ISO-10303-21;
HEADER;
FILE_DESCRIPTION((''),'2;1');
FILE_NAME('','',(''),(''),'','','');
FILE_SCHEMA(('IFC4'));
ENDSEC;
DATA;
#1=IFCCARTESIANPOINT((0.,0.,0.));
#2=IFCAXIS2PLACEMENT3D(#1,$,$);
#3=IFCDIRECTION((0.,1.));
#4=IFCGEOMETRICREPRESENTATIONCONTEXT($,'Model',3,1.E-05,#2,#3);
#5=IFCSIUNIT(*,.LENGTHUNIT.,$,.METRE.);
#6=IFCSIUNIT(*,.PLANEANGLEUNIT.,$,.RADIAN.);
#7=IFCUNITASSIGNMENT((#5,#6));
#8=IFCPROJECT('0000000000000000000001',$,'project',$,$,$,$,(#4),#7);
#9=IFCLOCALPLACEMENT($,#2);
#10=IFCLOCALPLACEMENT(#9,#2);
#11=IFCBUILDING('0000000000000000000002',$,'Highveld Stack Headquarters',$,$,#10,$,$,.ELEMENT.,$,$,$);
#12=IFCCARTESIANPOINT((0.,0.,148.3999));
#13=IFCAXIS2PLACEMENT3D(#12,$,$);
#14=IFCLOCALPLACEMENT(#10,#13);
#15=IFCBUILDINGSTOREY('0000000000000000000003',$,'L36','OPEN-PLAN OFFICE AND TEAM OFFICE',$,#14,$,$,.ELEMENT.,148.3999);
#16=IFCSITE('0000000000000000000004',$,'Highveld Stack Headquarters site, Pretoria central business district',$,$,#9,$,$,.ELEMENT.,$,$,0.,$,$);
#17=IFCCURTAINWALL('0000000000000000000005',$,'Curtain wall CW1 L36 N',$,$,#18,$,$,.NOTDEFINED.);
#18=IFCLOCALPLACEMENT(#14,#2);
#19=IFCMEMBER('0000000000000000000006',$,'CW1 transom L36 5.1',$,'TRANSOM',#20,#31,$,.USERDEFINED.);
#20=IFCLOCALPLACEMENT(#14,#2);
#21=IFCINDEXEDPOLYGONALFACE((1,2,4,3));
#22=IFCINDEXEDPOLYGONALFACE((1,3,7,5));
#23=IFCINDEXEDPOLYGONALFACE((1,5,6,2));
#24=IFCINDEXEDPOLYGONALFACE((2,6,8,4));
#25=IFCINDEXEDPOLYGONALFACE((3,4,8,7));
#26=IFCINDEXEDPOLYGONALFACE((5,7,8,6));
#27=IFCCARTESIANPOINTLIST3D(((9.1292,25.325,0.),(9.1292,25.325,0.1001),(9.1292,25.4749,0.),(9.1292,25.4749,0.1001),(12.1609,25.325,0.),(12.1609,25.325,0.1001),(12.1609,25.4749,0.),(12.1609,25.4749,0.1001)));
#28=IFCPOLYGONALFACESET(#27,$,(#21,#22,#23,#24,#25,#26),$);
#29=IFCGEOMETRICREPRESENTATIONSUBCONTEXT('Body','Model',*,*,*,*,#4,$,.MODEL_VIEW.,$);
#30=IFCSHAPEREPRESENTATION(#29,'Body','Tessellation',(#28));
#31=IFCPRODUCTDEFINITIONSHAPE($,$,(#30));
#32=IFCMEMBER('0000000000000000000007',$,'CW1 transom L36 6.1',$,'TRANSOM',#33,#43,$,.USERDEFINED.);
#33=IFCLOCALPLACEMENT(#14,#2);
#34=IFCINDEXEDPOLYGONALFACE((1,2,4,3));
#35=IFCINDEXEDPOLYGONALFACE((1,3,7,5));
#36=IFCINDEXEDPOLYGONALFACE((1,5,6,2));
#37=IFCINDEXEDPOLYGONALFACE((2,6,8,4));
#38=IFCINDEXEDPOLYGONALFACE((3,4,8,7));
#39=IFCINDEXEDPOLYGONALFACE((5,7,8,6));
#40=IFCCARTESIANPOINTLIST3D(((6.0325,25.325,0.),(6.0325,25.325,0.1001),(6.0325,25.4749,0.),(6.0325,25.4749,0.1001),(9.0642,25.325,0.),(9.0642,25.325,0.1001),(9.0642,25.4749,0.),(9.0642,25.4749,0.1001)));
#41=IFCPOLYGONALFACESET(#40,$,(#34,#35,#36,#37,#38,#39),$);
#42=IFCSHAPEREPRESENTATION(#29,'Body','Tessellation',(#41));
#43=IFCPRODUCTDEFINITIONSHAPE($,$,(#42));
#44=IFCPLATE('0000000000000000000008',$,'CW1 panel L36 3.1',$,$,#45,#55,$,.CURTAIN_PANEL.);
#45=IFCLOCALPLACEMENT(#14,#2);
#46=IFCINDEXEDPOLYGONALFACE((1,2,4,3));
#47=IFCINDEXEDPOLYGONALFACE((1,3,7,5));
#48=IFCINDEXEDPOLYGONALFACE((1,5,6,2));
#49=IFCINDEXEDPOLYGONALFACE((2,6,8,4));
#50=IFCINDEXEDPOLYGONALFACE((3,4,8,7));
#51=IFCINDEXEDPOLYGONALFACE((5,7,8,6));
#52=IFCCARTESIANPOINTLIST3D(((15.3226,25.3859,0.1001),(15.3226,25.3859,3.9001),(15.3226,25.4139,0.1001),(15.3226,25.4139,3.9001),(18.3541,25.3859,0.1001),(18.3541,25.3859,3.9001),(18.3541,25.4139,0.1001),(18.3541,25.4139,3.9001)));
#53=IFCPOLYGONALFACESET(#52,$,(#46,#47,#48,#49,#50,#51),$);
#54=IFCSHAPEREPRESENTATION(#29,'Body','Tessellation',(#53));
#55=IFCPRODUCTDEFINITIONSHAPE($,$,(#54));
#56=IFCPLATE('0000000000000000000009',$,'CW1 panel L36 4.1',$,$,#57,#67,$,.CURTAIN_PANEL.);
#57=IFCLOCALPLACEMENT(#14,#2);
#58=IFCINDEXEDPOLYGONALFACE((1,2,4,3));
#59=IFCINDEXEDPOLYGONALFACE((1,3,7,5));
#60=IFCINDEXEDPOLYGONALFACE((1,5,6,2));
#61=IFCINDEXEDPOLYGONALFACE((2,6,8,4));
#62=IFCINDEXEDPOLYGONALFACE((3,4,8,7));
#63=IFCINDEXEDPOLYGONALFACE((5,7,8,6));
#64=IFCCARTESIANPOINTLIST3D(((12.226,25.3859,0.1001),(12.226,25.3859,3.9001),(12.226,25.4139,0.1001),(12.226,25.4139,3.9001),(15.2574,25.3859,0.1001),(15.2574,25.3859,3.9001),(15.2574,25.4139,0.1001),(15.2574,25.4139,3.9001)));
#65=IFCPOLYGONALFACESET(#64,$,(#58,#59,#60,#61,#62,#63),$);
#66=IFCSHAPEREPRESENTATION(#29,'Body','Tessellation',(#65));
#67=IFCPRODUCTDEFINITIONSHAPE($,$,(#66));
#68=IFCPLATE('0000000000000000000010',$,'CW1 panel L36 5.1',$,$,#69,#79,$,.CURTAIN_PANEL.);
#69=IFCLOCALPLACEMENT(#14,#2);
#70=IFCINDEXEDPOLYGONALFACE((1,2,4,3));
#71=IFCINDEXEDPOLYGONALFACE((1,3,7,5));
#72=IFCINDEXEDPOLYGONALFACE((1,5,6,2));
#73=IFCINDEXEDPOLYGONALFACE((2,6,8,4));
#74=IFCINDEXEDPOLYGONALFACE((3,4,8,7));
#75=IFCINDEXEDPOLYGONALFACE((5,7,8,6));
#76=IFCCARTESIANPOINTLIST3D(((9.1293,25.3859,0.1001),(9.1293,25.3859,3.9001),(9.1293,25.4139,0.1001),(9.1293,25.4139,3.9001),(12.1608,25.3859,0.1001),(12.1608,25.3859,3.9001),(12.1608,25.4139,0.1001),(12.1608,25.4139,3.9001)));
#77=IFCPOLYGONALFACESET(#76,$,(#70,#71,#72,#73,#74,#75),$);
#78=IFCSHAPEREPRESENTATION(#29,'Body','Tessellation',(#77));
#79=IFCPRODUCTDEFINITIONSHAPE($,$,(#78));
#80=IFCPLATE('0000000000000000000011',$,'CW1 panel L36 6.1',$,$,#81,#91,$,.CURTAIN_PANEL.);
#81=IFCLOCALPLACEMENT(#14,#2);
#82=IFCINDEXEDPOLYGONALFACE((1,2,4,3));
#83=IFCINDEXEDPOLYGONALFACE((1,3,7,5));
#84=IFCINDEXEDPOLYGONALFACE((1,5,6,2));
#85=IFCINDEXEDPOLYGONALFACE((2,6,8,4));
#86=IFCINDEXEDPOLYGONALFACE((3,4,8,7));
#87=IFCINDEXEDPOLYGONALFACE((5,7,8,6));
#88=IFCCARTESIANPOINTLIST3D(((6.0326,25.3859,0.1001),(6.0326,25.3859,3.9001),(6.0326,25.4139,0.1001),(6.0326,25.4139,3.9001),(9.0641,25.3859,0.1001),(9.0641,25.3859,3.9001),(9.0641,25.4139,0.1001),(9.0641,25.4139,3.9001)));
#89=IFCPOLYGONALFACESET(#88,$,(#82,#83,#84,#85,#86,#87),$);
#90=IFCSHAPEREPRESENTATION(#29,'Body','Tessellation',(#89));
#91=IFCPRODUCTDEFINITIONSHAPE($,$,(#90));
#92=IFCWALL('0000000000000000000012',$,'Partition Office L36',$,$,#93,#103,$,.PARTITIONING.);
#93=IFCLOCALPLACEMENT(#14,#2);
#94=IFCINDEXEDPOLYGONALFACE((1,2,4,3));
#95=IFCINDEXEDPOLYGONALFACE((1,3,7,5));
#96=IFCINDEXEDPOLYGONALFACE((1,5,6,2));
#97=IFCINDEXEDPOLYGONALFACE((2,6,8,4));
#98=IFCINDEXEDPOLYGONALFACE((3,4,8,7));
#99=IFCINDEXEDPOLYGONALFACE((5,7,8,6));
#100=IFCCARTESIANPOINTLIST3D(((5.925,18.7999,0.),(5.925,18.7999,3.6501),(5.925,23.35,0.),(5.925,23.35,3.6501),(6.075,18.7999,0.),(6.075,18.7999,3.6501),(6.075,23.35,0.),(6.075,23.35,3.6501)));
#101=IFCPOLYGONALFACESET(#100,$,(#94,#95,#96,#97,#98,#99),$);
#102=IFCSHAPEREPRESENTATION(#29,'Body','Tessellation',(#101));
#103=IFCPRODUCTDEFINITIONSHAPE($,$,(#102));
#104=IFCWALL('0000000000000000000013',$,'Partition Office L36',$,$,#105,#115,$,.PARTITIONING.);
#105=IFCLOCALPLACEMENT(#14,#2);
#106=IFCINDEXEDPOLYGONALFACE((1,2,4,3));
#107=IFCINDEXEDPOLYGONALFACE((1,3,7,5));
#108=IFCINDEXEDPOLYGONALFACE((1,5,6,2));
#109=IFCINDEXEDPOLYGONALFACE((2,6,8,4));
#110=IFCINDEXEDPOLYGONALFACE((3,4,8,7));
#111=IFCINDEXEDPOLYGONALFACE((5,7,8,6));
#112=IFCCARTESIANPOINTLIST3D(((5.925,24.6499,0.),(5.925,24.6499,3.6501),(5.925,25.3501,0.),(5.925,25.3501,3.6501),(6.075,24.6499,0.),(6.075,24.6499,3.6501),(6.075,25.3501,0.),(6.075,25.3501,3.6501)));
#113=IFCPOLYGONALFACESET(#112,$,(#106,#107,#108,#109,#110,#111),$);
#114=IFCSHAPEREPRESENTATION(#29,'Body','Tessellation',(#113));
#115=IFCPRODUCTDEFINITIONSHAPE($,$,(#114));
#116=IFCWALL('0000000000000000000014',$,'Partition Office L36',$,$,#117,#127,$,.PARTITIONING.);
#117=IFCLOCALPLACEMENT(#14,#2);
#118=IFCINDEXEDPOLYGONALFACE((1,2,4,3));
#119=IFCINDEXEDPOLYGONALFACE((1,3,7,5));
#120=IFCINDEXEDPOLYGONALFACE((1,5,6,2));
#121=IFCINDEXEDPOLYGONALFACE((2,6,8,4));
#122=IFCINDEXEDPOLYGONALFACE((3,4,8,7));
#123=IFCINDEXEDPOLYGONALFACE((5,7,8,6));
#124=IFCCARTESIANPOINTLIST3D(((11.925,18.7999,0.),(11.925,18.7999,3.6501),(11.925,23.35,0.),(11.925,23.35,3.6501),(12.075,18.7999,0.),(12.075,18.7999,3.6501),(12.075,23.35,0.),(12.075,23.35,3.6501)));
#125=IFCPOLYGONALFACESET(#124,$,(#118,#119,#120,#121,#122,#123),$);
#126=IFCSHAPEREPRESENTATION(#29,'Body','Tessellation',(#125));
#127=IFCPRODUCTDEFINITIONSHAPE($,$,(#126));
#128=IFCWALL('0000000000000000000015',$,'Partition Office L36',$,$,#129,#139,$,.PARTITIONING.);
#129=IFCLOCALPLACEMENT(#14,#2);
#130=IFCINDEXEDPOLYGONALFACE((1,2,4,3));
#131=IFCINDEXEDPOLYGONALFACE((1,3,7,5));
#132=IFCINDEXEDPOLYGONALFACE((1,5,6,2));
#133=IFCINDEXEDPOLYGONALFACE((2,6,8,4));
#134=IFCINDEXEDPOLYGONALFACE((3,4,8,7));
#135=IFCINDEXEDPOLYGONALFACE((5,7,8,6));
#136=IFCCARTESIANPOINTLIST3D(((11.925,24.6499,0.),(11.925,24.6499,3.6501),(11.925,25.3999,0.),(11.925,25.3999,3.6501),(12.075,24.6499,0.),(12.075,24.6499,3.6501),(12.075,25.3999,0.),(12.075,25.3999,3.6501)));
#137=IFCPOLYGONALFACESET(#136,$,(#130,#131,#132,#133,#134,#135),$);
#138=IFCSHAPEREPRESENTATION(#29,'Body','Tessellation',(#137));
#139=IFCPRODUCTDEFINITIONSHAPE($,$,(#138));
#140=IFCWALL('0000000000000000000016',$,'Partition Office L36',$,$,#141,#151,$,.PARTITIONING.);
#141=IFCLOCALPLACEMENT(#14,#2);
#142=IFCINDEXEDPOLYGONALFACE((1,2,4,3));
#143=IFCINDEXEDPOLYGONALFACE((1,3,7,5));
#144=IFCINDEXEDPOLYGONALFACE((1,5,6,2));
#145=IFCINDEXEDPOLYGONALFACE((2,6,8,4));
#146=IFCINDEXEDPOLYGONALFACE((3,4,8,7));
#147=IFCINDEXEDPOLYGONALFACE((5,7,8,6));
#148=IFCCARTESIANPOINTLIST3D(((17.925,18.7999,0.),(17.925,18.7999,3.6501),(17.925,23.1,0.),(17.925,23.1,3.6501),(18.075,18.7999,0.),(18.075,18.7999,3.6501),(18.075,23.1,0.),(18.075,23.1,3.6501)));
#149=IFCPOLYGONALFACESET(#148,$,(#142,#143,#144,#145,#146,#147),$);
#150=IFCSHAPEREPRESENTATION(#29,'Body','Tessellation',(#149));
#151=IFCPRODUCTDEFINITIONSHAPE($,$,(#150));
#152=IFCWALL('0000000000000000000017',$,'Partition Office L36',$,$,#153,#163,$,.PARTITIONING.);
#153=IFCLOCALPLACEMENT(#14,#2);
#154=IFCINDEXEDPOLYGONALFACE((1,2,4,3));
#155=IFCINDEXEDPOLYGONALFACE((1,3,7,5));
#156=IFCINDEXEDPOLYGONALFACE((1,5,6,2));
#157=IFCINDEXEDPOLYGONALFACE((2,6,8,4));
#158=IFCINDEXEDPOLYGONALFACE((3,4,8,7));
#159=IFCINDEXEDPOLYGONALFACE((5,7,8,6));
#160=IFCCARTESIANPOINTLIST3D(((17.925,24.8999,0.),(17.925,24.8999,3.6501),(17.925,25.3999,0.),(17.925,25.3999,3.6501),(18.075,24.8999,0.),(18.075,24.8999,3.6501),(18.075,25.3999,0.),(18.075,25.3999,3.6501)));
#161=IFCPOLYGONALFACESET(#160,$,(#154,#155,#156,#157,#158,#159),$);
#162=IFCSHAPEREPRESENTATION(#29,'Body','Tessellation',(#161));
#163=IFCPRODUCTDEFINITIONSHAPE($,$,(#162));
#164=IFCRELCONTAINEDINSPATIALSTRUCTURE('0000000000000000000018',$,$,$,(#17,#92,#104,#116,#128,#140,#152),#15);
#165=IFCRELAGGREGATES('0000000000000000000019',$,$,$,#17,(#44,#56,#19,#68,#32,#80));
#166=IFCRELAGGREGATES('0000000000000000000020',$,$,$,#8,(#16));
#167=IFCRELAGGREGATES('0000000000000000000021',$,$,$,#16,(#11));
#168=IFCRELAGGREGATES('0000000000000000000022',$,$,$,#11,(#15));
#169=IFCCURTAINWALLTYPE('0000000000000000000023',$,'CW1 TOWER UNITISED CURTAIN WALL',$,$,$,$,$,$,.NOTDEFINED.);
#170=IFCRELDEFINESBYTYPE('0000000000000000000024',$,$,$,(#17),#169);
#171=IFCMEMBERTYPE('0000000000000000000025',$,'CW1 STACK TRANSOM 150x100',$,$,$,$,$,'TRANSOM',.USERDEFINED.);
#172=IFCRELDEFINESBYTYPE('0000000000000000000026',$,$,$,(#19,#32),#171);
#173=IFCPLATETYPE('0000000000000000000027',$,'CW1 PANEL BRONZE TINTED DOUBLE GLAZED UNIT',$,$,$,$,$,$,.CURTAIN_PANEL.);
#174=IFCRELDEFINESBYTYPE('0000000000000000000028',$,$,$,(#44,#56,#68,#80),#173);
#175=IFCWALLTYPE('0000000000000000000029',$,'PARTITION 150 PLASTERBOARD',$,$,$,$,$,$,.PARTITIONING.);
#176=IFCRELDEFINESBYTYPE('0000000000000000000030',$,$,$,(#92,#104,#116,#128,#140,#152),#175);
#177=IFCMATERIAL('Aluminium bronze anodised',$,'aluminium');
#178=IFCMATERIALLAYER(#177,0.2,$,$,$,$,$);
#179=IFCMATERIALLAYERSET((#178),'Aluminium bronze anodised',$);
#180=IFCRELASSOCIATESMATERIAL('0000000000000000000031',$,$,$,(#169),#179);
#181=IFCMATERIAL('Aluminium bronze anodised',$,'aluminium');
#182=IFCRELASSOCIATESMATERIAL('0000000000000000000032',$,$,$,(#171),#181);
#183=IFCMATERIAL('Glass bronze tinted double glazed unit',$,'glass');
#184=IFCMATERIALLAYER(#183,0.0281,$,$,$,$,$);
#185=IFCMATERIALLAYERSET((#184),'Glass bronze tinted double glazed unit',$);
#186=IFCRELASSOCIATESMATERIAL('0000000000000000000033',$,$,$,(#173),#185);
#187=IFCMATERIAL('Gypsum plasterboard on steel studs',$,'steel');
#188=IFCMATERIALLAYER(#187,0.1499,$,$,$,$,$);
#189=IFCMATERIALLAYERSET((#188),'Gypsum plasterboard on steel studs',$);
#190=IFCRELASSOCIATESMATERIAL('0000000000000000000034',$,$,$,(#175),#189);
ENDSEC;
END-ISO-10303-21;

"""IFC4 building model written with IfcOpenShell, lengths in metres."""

from ifc_helpers import new_model, si_unit, direction, frame, frame_2d, origin, origin_2d, place, context, subcontext, project, spatial, rectangle, extrude, material, layer, layer_set, material_profile, profile_set, type_object, element, aggregate, save


model = new_model("IFC4")

# Units and contexts
model_context = context("Model", 3, precision=1e-05, world=origin(), true_north=direction((0.0, 1.0)))
body_context = subcontext(model_context, "Body", "Model", "MODEL_VIEW")
ifc_project = project(units=[si_unit("LENGTHUNIT", "METRE"), si_unit("PLANEANGLEUNIT", "RADIAN")], contexts=[model_context])

# Site, building, storey
site_placement = place(None, origin())
site = spatial("IfcSite", under=ifc_project, at=site_placement, Name="Highveld Stack Headquarters site, Pretoria central business district", CompositionType="ELEMENT", RefElevation=0.0)
building_placement = place(site_placement, origin())
building = spatial("IfcBuilding", under=site, at=building_placement, Name="Highveld Stack Headquarters", CompositionType="ELEMENT")
storey_placement = place(building_placement, frame((0.0, 0.0, 148.3999)))
storey = spatial("IfcBuildingStorey", under=building, at=storey_placement, Name="L36", Description="OPEN-PLAN OFFICE AND TEAM OFFICE", CompositionType="ELEMENT", Elevation=148.3999)

# Curtain wall, members, plates
ifc_material_1 = material(Name="Aluminium bronze anodised", Category="aluminium")
ifc_layer_1 = layer(ifc_material_1, 0.2)
ifc_layer_set_1 = layer_set([ifc_layer_1], Name="Aluminium bronze anodised")
curtain_wall_type = type_object("IfcCurtainWallType", Name="CW1 TOWER UNITISED CURTAIN WALL", PredefinedType="NOTDEFINED", material=ifc_layer_set_1)
curtain_wall_placement = place(storey_placement, origin())
curtain_wall = element("IfcCurtainWall", 1, at=curtain_wall_placement, inside=storey, type_object=curtain_wall_type, Name="Curtain wall CW1 L36 N", PredefinedType="NOTDEFINED")
ifc_material_2 = material(Name="Aluminium bronze anodised", Category="aluminium")
ifc_material_profile_1 = material_profile(ifc_material_2, rectangle(XDim=0.1499, YDim=0.1001, at=origin_2d()), Name="CW1 TRANSOM 150x100")
ifc_profile_set_1 = profile_set([ifc_material_profile_1], Name="Aluminium bronze anodised")
member_type_1 = type_object("IfcMemberType", Name="CW1 STACK TRANSOM 150x100", ElementType="TRANSOM", PredefinedType="USERDEFINED", material=ifc_profile_set_1)
member_1_placement = place(storey_placement, frame((12.1609, 25.3999, 0.05), z_axis=(-1.0, 0.0, 0.0), x_axis=(0.0, -1.0, 0.0)))
member_1 = element("IfcMember", 2, at=member_1_placement, type_object=member_type_1, Name="CW1 transom L36 5.1", ObjectType="TRANSOM", PredefinedType="USERDEFINED", context=body_context, shape_type="SweptSolid", body=[
    extrude(rectangle(XDim=0.1499, YDim=0.1001, at=origin_2d()), origin(), (0.0, 0.0, 1.0), 3.0317),
])
member_2_placement = place(storey_placement, frame((9.0642, 25.3999, 0.05), z_axis=(-1.0, 0.0, 0.0), x_axis=(0.0, -1.0, 0.0)))
member_2 = element("IfcMember", 3, at=member_2_placement, type_object=member_type_1, Name="CW1 transom L36 6.1", ObjectType="TRANSOM", PredefinedType="USERDEFINED", context=body_context, shape_type="SweptSolid", body=[
    extrude(rectangle(XDim=0.1499, YDim=0.1001, at=origin_2d()), origin(), (0.0, 0.0, 1.0), 3.0317),
])
ifc_material_3 = material(Name="Glass bronze tinted double glazed unit", Category="glass")
ifc_layer_2 = layer(ifc_material_3, 0.0281)
ifc_layer_set_2 = layer_set([ifc_layer_2], Name="Glass bronze tinted double glazed unit")
plate_type = type_object("IfcPlateType", Name="CW1 PANEL BRONZE TINTED DOUBLE GLAZED UNIT", PredefinedType="CURTAIN_PANEL", material=ifc_layer_set_2)
plate_1_placement = place(storey_placement, frame((16.8384, 25.3999, 0.1001), z_axis=(0.0, 0.0, 1.0), x_axis=(-1.0, 0.0, 0.0)))
plate_1 = element("IfcPlate", 4, at=plate_1_placement, type_object=plate_type, Name="CW1 panel L36 3.1", PredefinedType="CURTAIN_PANEL", context=body_context, shape_type="SweptSolid", body=[
    extrude(rectangle(XDim=3.0315, YDim=0.0281, at=origin_2d()), origin(), (0.0, 0.0, 1.0), 3.8),
])
plate_2_placement = place(storey_placement, frame((13.7417, 25.3999, 0.1001), z_axis=(0.0, 0.0, 1.0), x_axis=(-1.0, 0.0, 0.0)))
plate_2 = element("IfcPlate", 5, at=plate_2_placement, type_object=plate_type, Name="CW1 panel L36 4.1", PredefinedType="CURTAIN_PANEL", context=body_context, shape_type="SweptSolid", body=[
    extrude(rectangle(XDim=3.0315, YDim=0.0281, at=origin_2d()), origin(), (0.0, 0.0, 1.0), 3.8),
])
plate_3_placement = place(storey_placement, frame((10.645, 25.3999, 0.1001), z_axis=(0.0, 0.0, 1.0), x_axis=(-1.0, 0.0, 0.0)))
plate_3 = element("IfcPlate", 6, at=plate_3_placement, type_object=plate_type, Name="CW1 panel L36 5.1", PredefinedType="CURTAIN_PANEL", context=body_context, shape_type="SweptSolid", body=[
    extrude(rectangle(XDim=3.0315, YDim=0.0281, at=origin_2d()), origin(), (0.0, 0.0, 1.0), 3.8),
])
plate_4_placement = place(storey_placement, frame((7.5483, 25.3999, 0.1001), z_axis=(0.0, 0.0, 1.0), x_axis=(-1.0, 0.0, 0.0)))
plate_4 = element("IfcPlate", 7, at=plate_4_placement, type_object=plate_type, Name="CW1 panel L36 6.1", PredefinedType="CURTAIN_PANEL", context=body_context, shape_type="SweptSolid", body=[
    extrude(rectangle(XDim=3.0315, YDim=0.0281, at=origin_2d()), origin(), (0.0, 0.0, 1.0), 3.8),
])
aggregate(curtain_wall, [plate_1, plate_2, member_1, plate_3, member_2, plate_4])

# Walls
ifc_material_4 = material(Name="Gypsum plasterboard on steel studs", Category="steel")
ifc_layer_3 = layer(ifc_material_4, 0.1499)
ifc_layer_set_3 = layer_set([ifc_layer_3], Name="Gypsum plasterboard on steel studs")
wall_type = type_object("IfcWallType", Name="PARTITION 150 PLASTERBOARD", PredefinedType="PARTITIONING", material=ifc_layer_set_3)
wall_1_placement = place(storey_placement, frame((6.0, 18.8, 0.0), z_axis=(0.0, 0.0, 1.0), x_axis=(0.0, 1.0, 0.0)))
element("IfcWall", 8, at=wall_1_placement, inside=storey, type_object=wall_type, Name="Partition Office L36", PredefinedType="PARTITIONING", context=body_context, shape_type="SweptSolid", body=[
    extrude(rectangle(XDim=4.55, YDim=0.1499, at=frame_2d((2.2749, 0.0))), origin(), (0.0, 0.0, 1.0), 3.6501),
])
wall_2_placement = place(storey_placement, frame((6.0, 24.6499, 0.0), z_axis=(0.0, 0.0, 1.0), x_axis=(0.0, 1.0, 0.0)))
element("IfcWall", 9, at=wall_2_placement, inside=storey, type_object=wall_type, Name="Partition Office L36", PredefinedType="PARTITIONING", context=body_context, shape_type="SweptSolid", body=[
    extrude(rectangle(XDim=0.7002, YDim=0.1499, at=frame_2d((0.3501, 0.0))), origin(), (0.0, 0.0, 1.0), 3.6501),
])
wall_3_placement = place(storey_placement, frame((12.0, 18.8, 0.0), z_axis=(0.0, 0.0, 1.0), x_axis=(0.0, 1.0, 0.0)))
element("IfcWall", 10, at=wall_3_placement, inside=storey, type_object=wall_type, Name="Partition Office L36", PredefinedType="PARTITIONING", context=body_context, shape_type="SweptSolid", body=[
    extrude(rectangle(XDim=4.55, YDim=0.1499, at=frame_2d((2.2749, 0.0))), origin(), (0.0, 0.0, 1.0), 3.6501),
])
wall_4_placement = place(storey_placement, frame((12.0, 24.6499, 0.0), z_axis=(0.0, 0.0, 1.0), x_axis=(0.0, 1.0, 0.0)))
element("IfcWall", 11, at=wall_4_placement, inside=storey, type_object=wall_type, Name="Partition Office L36", PredefinedType="PARTITIONING", context=body_context, shape_type="SweptSolid", body=[
    extrude(rectangle(XDim=0.75, YDim=0.1499, at=frame_2d((0.375, 0.0))), origin(), (0.0, 0.0, 1.0), 3.6501),
])
wall_5_placement = place(storey_placement, frame((18.0, 18.8, 0.0), z_axis=(0.0, 0.0, 1.0), x_axis=(0.0, 1.0, 0.0)))
element("IfcWall", 12, at=wall_5_placement, inside=storey, type_object=wall_type, Name="Partition Office L36", PredefinedType="PARTITIONING", context=body_context, shape_type="SweptSolid", body=[
    extrude(rectangle(XDim=4.3, YDim=0.1499, at=frame_2d((2.1499, 0.0))), origin(), (0.0, 0.0, 1.0), 3.6501),
])
wall_6_placement = place(storey_placement, frame((18.0, 24.8999, 0.0), z_axis=(0.0, 0.0, 1.0), x_axis=(0.0, 1.0, 0.0)))
element("IfcWall", 13, at=wall_6_placement, inside=storey, type_object=wall_type, Name="Partition Office L36", PredefinedType="PARTITIONING", context=body_context, shape_type="SweptSolid", body=[
    extrude(rectangle(XDim=0.5, YDim=0.1499, at=frame_2d((0.25, 0.0))), origin(), (0.0, 0.0, 1.0), 3.6501),
])

save(model, "model.ifc")
